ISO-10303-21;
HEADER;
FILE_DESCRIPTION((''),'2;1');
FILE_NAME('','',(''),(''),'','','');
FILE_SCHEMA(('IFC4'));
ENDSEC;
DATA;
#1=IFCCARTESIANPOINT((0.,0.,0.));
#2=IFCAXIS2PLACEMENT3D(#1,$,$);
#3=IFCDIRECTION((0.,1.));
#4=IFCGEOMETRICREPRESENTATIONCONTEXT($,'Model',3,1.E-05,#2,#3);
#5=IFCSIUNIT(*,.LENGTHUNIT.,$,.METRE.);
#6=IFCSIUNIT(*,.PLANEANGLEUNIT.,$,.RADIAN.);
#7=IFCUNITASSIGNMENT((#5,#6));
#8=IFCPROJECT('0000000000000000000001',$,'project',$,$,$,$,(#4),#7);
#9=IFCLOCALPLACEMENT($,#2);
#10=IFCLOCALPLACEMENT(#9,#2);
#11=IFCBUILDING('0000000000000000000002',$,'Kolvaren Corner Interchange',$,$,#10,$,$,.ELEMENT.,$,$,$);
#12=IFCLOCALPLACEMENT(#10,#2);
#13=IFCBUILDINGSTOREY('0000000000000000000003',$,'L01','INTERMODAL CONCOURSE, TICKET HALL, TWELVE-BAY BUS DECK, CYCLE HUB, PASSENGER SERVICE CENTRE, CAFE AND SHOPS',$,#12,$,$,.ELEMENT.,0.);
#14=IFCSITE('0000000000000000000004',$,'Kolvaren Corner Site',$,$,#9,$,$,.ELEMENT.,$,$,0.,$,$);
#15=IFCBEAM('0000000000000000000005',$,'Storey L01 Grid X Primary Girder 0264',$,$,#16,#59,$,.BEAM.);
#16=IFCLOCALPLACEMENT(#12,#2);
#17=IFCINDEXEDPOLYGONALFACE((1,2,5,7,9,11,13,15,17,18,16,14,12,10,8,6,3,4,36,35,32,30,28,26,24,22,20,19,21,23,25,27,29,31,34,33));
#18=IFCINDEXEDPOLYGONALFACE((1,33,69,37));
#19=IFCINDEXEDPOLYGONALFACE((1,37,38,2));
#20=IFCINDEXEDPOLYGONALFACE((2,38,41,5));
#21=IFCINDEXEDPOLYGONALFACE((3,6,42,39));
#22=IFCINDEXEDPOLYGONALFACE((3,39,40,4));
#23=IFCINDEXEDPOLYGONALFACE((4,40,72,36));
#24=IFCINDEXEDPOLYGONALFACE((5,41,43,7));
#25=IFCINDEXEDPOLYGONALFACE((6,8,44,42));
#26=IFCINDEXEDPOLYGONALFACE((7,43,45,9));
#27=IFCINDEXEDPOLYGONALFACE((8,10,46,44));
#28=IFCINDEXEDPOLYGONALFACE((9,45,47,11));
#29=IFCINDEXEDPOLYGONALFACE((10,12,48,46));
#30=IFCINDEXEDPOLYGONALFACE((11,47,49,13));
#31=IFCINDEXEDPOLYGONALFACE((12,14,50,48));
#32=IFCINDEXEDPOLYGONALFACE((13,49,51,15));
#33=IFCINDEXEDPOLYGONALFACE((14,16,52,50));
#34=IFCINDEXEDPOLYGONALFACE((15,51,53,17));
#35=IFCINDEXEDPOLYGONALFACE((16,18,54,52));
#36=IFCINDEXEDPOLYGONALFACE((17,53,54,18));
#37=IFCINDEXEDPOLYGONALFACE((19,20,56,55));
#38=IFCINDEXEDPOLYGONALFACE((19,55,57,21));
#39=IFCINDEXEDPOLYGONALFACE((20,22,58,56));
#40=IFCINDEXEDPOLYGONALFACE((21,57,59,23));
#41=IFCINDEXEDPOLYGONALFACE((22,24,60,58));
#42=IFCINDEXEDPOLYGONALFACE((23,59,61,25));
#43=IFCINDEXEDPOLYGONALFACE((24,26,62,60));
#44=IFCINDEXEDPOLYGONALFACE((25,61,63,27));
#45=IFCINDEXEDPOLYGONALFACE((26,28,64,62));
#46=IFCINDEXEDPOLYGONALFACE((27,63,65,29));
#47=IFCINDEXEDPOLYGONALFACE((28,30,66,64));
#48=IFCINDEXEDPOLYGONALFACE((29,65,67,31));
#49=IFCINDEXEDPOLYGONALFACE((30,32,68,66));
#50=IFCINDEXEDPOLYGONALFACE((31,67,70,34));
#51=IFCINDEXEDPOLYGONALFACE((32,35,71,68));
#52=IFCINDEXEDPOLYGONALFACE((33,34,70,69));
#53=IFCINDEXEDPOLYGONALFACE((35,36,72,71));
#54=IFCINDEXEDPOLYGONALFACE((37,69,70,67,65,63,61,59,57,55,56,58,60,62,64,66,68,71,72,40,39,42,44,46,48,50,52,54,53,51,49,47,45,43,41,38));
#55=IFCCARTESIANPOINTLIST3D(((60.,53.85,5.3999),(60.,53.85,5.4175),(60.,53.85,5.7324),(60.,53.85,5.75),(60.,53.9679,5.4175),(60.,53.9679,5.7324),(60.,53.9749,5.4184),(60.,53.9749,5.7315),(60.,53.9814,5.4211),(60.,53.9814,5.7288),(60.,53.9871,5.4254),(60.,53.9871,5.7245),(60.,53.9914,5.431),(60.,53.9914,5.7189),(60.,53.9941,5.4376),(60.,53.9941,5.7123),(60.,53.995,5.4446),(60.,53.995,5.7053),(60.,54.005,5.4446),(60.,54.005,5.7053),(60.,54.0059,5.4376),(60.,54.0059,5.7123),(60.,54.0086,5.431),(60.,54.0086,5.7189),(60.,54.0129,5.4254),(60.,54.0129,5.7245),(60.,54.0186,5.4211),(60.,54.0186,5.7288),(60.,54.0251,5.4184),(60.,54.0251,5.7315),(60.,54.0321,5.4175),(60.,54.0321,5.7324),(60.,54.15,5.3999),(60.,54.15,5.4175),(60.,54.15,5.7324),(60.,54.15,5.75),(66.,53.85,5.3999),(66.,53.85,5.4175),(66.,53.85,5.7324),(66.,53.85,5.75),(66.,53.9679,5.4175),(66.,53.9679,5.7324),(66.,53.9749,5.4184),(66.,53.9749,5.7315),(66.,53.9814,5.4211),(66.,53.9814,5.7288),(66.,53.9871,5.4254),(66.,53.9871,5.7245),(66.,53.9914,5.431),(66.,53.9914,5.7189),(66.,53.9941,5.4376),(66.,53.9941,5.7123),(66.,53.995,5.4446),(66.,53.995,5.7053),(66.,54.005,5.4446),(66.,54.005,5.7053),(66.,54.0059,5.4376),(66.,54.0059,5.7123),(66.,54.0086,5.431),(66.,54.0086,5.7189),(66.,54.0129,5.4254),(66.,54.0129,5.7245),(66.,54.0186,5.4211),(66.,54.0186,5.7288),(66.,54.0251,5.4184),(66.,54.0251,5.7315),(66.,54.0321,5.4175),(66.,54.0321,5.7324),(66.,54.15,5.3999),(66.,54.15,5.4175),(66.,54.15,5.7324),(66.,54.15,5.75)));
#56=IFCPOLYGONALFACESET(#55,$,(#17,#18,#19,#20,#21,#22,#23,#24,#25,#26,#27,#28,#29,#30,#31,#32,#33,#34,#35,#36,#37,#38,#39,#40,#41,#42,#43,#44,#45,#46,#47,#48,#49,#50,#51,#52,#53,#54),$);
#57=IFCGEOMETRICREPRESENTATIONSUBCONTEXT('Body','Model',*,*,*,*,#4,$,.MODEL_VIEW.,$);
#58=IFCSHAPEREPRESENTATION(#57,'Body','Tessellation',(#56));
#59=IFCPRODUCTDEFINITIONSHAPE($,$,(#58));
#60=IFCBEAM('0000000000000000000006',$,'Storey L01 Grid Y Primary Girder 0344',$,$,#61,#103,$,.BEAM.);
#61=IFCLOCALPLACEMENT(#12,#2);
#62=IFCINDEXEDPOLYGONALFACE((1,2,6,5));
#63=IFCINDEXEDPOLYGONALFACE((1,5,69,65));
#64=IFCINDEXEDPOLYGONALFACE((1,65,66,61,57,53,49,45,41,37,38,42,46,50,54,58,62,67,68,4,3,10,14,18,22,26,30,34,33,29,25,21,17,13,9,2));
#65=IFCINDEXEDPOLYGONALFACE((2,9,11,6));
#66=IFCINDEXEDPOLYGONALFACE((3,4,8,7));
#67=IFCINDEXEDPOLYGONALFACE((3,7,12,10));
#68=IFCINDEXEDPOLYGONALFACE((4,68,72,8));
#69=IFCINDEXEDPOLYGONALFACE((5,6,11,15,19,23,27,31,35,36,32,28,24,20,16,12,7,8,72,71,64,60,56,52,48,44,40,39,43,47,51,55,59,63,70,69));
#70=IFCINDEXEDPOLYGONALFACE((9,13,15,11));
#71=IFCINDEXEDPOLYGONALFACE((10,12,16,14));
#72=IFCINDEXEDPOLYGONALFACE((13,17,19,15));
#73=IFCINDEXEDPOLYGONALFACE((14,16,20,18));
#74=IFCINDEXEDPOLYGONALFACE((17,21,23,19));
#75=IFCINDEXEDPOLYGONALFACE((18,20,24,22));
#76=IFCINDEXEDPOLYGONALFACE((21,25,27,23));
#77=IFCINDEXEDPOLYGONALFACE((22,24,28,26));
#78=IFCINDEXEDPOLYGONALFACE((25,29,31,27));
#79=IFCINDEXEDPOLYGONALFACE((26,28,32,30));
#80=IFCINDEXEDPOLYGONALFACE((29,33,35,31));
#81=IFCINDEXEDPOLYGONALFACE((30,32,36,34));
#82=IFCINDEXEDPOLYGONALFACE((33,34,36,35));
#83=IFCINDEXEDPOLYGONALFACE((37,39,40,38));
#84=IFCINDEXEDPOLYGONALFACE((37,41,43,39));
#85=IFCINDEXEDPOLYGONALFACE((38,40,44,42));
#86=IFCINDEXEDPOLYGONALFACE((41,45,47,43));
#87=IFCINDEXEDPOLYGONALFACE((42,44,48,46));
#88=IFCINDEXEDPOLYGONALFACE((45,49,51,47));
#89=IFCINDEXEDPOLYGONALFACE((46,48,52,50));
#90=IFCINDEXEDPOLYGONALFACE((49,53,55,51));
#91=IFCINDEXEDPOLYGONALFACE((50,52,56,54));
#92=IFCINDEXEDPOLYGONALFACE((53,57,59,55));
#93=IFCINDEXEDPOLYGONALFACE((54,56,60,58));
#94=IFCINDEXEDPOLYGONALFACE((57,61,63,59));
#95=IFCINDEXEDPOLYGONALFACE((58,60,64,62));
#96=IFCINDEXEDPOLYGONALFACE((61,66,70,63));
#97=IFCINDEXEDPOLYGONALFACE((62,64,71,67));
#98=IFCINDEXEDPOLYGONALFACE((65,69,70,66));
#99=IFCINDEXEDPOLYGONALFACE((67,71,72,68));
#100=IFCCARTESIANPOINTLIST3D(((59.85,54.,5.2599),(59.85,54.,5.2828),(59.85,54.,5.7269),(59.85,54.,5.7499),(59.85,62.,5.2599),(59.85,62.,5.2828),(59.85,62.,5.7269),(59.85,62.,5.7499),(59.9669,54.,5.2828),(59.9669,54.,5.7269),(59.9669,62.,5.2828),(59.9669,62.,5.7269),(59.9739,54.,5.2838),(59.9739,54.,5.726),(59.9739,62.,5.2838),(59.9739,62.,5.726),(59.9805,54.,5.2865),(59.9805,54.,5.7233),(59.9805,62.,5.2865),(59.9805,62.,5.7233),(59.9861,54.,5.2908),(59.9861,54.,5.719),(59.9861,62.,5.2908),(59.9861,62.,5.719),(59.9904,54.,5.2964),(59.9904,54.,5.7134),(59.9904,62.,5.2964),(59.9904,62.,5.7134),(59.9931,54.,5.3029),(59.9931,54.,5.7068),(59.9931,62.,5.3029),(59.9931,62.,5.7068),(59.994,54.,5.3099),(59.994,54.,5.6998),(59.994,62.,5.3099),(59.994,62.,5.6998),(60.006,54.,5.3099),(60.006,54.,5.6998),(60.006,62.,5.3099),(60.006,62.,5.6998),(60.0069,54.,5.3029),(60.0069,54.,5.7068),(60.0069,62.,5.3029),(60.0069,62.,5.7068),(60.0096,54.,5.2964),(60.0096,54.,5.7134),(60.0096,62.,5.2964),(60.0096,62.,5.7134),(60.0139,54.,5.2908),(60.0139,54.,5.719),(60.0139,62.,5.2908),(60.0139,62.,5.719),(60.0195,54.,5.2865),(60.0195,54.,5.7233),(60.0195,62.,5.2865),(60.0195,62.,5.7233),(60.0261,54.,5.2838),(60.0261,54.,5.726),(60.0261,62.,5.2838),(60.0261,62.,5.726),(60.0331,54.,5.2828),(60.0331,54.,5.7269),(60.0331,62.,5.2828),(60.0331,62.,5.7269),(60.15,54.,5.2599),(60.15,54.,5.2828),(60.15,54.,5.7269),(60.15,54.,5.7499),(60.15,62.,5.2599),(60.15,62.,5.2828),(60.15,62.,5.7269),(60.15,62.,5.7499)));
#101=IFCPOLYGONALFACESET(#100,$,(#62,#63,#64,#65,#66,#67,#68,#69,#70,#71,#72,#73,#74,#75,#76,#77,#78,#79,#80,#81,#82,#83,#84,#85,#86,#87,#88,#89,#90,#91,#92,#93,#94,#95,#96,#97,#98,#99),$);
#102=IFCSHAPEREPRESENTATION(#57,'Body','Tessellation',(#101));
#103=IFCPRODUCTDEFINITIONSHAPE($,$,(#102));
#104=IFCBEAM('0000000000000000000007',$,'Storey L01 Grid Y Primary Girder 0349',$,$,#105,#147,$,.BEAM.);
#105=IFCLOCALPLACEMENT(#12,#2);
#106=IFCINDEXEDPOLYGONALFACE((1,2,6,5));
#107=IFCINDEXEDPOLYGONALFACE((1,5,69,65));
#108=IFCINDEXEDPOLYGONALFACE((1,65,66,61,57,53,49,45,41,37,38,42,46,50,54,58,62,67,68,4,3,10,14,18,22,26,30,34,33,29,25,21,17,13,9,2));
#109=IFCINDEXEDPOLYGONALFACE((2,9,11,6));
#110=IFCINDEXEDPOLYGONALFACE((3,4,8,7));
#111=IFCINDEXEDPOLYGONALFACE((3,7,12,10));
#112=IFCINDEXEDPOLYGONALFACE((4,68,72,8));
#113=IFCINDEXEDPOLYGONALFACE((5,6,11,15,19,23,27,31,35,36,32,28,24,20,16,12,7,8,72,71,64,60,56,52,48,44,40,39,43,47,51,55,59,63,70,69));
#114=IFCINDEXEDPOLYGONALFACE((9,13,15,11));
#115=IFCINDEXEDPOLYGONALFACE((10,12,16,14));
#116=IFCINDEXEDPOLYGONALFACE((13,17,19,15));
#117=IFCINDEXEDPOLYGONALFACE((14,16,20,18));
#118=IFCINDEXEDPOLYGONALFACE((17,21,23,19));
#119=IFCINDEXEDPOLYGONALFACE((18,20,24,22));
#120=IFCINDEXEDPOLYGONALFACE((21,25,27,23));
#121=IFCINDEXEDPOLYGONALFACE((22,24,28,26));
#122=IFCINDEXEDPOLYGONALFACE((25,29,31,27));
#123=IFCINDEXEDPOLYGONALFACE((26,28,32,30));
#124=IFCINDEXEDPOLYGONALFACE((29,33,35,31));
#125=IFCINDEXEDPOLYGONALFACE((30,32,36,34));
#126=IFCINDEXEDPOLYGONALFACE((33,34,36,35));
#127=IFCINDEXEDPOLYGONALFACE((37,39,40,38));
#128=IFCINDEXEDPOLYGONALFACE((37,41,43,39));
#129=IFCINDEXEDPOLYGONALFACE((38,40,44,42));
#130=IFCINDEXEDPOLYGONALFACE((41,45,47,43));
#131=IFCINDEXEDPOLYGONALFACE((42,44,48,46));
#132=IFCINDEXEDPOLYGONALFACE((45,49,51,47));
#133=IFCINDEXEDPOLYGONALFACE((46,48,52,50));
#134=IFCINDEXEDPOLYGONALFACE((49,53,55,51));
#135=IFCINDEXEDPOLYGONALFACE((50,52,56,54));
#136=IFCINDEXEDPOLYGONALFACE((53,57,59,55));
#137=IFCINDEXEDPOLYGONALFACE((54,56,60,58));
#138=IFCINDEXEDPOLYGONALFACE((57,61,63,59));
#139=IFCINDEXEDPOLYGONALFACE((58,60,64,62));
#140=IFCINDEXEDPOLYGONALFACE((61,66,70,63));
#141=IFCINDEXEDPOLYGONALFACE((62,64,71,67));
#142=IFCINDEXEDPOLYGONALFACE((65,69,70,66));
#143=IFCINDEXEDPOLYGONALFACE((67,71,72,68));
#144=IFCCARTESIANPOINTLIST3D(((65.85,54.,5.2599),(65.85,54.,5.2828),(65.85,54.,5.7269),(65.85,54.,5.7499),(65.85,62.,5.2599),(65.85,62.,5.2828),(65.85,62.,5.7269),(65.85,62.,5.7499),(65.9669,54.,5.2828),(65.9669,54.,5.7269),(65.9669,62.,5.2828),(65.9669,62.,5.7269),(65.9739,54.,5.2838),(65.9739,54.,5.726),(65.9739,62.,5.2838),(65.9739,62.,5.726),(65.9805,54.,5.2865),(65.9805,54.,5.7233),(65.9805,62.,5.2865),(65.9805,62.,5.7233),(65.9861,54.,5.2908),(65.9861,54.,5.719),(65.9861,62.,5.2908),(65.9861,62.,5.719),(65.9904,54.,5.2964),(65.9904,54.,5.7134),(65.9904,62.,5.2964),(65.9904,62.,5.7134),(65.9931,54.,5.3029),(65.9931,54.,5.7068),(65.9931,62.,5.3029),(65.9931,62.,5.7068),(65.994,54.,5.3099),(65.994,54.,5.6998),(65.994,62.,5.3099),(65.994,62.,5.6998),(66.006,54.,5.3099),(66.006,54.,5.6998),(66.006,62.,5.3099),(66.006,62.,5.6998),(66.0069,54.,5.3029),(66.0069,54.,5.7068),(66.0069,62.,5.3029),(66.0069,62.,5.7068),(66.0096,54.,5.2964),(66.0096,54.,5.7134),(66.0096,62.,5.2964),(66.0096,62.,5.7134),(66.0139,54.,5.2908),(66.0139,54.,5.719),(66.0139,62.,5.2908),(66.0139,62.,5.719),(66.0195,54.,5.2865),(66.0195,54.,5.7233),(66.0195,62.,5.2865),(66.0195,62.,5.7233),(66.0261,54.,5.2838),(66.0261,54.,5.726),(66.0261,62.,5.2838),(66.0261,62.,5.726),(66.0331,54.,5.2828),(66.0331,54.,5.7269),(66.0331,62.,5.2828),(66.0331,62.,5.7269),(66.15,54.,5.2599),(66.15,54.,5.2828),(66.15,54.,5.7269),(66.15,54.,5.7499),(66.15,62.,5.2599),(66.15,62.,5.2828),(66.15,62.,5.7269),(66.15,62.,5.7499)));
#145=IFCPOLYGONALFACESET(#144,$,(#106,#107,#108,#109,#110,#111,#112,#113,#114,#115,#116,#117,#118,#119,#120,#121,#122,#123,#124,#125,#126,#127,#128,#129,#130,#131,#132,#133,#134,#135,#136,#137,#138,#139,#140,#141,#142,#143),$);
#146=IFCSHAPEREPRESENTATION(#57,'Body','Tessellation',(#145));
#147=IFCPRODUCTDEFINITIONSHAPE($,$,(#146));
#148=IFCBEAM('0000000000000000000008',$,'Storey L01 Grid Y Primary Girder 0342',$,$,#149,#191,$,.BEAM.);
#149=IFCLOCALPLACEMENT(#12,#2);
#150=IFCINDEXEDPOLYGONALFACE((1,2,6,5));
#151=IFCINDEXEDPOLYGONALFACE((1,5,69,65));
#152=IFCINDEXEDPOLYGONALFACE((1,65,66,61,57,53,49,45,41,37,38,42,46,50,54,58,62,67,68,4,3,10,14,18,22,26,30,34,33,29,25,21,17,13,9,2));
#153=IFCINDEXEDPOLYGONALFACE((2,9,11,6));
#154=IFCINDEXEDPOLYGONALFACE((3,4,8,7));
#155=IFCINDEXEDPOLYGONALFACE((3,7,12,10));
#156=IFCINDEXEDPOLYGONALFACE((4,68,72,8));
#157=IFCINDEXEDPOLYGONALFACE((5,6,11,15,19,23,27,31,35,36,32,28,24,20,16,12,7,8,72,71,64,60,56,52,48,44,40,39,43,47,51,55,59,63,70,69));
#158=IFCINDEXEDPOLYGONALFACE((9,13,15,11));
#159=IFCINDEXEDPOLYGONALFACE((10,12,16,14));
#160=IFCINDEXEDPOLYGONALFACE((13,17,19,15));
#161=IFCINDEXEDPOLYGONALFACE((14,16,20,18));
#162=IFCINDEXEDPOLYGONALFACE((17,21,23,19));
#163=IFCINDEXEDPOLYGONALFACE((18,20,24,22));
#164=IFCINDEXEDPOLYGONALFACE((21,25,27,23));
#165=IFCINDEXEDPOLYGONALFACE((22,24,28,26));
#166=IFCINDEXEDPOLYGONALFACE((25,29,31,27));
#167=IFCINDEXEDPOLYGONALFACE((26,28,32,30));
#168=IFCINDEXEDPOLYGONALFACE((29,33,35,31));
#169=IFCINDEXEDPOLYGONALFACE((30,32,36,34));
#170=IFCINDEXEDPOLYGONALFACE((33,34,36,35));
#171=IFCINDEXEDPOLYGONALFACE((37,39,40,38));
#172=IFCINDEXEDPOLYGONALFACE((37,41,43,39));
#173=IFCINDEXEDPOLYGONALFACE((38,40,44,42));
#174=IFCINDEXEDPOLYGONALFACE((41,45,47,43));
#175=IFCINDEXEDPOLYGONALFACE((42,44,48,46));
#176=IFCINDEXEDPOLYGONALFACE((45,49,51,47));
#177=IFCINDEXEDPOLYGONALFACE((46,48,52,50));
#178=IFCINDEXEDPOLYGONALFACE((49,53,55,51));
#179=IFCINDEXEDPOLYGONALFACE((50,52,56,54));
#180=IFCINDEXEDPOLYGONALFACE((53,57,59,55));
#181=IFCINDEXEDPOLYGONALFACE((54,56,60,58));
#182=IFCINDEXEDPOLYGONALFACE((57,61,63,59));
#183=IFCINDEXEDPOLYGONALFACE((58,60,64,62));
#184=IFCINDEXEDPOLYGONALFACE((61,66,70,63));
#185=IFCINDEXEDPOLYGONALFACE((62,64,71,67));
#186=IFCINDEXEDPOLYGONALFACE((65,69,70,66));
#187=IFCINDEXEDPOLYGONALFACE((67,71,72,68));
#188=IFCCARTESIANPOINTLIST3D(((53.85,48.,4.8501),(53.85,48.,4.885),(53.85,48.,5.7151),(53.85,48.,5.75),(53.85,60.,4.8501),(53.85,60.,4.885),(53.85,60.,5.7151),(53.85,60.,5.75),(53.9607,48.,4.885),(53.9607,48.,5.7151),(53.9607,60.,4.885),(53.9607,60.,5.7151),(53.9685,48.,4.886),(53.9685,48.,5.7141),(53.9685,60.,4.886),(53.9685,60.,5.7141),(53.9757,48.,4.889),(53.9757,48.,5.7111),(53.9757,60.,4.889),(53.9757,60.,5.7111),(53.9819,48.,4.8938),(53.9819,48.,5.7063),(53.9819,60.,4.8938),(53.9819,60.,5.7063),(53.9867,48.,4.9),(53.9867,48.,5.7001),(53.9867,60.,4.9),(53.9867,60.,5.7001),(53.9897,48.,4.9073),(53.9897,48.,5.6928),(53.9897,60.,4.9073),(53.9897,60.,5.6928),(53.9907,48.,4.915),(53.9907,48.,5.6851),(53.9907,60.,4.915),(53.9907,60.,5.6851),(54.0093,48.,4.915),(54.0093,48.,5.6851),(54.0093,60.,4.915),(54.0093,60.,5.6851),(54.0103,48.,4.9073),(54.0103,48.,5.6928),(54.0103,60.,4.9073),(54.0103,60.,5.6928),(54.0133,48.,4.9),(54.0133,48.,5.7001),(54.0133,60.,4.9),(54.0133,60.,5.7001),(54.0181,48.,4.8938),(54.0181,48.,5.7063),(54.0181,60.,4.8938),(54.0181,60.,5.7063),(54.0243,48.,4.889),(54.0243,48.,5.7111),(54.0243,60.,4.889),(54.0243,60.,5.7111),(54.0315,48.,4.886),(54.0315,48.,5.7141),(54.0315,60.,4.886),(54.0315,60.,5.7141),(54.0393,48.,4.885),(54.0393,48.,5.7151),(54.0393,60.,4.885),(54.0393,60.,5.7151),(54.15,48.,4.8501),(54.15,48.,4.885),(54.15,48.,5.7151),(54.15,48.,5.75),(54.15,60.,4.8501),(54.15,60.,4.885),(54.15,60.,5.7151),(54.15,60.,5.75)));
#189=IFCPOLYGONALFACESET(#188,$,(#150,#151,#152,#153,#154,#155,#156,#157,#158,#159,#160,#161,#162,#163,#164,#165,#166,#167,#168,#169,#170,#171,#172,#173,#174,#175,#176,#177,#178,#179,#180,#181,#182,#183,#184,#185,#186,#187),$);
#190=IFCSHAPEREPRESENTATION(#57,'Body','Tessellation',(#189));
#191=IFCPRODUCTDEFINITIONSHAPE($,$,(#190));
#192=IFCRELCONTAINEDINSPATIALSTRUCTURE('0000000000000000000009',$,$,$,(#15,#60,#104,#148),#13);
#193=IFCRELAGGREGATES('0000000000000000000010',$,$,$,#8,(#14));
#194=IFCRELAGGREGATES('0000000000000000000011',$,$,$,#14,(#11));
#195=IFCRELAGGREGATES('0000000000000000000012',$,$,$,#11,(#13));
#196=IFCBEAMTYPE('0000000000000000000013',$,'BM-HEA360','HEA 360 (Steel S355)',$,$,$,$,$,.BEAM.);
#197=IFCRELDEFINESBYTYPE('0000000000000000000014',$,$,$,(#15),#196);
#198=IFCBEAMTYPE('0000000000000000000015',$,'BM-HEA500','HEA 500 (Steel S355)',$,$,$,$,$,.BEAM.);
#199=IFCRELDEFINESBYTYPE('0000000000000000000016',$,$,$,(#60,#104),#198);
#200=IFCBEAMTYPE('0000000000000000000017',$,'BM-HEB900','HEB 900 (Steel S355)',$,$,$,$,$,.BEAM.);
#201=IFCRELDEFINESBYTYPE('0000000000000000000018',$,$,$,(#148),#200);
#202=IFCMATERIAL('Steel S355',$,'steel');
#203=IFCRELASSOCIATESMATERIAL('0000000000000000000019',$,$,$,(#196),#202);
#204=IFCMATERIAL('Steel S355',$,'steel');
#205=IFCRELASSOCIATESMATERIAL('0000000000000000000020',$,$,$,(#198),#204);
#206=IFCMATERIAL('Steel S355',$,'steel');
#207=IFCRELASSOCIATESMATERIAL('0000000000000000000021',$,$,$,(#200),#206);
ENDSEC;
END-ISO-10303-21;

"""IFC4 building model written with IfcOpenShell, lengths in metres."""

from ifc_helpers import new_model, si_unit, direction, frame, origin, origin_2d, place, context, subcontext, project, spatial, i_section, extrude, material, material_profile, profile_set, type_object, element, save


model = new_model("IFC4")

# Units and contexts
model_context = context("Model", 3, precision=1e-05, world=origin(), true_north=direction((0.0, 1.0)))
body_context = subcontext(model_context, "Body", "Model", "MODEL_VIEW")
ifc_project = project(units=[si_unit("LENGTHUNIT", "METRE"), si_unit("PLANEANGLEUNIT", "RADIAN")], contexts=[model_context])

# Site, building, storey
site_placement = place(None, origin())
site = spatial("IfcSite", under=ifc_project, at=site_placement, Name="Kolvaren Corner Site", CompositionType="ELEMENT", RefElevation=0.0)
building_placement = place(site_placement, origin())
building = spatial("IfcBuilding", under=site, at=building_placement, Name="Kolvaren Corner Interchange", CompositionType="ELEMENT")
storey_placement = place(building_placement, origin())
storey = spatial("IfcBuildingStorey", under=building, at=storey_placement, Name="L01", Description="INTERMODAL CONCOURSE, TICKET HALL, TWELVE-BAY BUS DECK, CYCLE HUB, PASSENGER SERVICE CENTRE, CAFE AND SHOPS", CompositionType="ELEMENT", Elevation=0.0)

# Beams
ifc_material_1 = material(Name="Steel S355", Category="steel")
ifc_material_profile_1 = material_profile(ifc_material_1, i_section(OverallWidth=0.3, OverallDepth=0.3501, WebThickness=0.01, FlangeThickness=0.0176, FilletRadius=0.0271, at=origin_2d()), Name="HEA 360")
ifc_profile_set_1 = profile_set([ifc_material_profile_1], Name="Steel S355")
beam_type_1 = type_object("IfcBeamType", Name="BM-HEA360", Description="HEA 360 (Steel S355)", PredefinedType="BEAM", material=ifc_profile_set_1)
beam_1_placement = place(storey_placement, frame((60.0, 54.0, 5.575), z_axis=(1.0, 0.0, 0.0), x_axis=(0.0, 1.0, 0.0)))
element("IfcBeam", 1, at=beam_1_placement, inside=storey, type_object=beam_type_1, Name="Storey L01 Grid X Primary Girder 0264", PredefinedType="BEAM", context=body_context, shape_type="SweptSolid", body=[
    extrude(i_section(OverallWidth=0.3, OverallDepth=0.3501, WebThickness=0.01, FlangeThickness=0.0176, FilletRadius=0.0271, at=origin_2d()), origin(), (0.0, 0.0, 1.0), 6.0),
])
ifc_material_2 = material(Name="Steel S355", Category="steel")
ifc_material_profile_2 = material_profile(ifc_material_2, i_section(OverallWidth=0.3, OverallDepth=0.49, WebThickness=0.012, FlangeThickness=0.0229, FilletRadius=0.0271, at=origin_2d()), Name="HEA 500")
ifc_profile_set_2 = profile_set([ifc_material_profile_2], Name="Steel S355")
beam_type_2 = type_object("IfcBeamType", Name="BM-HEA500", Description="HEA 500 (Steel S355)", PredefinedType="BEAM", material=ifc_profile_set_2)
for number, where, z_axis, x_axis, name in (
    (2, (60.0, 54.0, 5.5049), (0.0, 1.0, 0.0), (-1.0, 0.0, 0.0), "Storey L01 Grid Y Primary Girder 0344"),
    (3, (66.0, 54.0, 5.5049), (0.0, 1.0, 0.0), (-1.0, 0.0, 0.0), "Storey L01 Grid Y Primary Girder 0349"),
):
    element("IfcBeam", number, at=place(storey_placement, frame(where, z_axis=z_axis, x_axis=x_axis)), inside=storey, type_object=beam_type_2, Name=name, PredefinedType="BEAM", context=body_context, shape_type="SweptSolid", body=[
        extrude(i_section(OverallWidth=0.3, OverallDepth=0.49, WebThickness=0.012, FlangeThickness=0.0229, FilletRadius=0.0271, at=origin_2d()), origin(), (0.0, 0.0, 1.0), 8.0),
    ])
ifc_material_3 = material(Name="Steel S355", Category="steel")
ifc_material_profile_3 = material_profile(ifc_material_3, i_section(OverallWidth=0.3, OverallDepth=0.8999, WebThickness=0.0186, FlangeThickness=0.0349, FilletRadius=0.03, at=origin_2d()), Name="HEB 900")
ifc_profile_set_3 = profile_set([ifc_material_profile_3], Name="Steel S355")
beam_type_3 = type_object("IfcBeamType", Name="BM-HEB900", Description="HEB 900 (Steel S355)", PredefinedType="BEAM", material=ifc_profile_set_3)
beam_2_placement = place(storey_placement, frame((54.0, 48.0, 5.3), z_axis=(0.0, 1.0, 0.0), x_axis=(-1.0, 0.0, 0.0)))
element("IfcBeam", 4, at=beam_2_placement, inside=storey, type_object=beam_type_3, Name="Storey L01 Grid Y Primary Girder 0342", PredefinedType="BEAM", context=body_context, shape_type="SweptSolid", body=[
    extrude(i_section(OverallWidth=0.3, OverallDepth=0.8999, WebThickness=0.0186, FlangeThickness=0.0349, FilletRadius=0.03, at=origin_2d()), origin(), (0.0, 0.0, 1.0), 12.0),
])

save(model, "model.ifc")
